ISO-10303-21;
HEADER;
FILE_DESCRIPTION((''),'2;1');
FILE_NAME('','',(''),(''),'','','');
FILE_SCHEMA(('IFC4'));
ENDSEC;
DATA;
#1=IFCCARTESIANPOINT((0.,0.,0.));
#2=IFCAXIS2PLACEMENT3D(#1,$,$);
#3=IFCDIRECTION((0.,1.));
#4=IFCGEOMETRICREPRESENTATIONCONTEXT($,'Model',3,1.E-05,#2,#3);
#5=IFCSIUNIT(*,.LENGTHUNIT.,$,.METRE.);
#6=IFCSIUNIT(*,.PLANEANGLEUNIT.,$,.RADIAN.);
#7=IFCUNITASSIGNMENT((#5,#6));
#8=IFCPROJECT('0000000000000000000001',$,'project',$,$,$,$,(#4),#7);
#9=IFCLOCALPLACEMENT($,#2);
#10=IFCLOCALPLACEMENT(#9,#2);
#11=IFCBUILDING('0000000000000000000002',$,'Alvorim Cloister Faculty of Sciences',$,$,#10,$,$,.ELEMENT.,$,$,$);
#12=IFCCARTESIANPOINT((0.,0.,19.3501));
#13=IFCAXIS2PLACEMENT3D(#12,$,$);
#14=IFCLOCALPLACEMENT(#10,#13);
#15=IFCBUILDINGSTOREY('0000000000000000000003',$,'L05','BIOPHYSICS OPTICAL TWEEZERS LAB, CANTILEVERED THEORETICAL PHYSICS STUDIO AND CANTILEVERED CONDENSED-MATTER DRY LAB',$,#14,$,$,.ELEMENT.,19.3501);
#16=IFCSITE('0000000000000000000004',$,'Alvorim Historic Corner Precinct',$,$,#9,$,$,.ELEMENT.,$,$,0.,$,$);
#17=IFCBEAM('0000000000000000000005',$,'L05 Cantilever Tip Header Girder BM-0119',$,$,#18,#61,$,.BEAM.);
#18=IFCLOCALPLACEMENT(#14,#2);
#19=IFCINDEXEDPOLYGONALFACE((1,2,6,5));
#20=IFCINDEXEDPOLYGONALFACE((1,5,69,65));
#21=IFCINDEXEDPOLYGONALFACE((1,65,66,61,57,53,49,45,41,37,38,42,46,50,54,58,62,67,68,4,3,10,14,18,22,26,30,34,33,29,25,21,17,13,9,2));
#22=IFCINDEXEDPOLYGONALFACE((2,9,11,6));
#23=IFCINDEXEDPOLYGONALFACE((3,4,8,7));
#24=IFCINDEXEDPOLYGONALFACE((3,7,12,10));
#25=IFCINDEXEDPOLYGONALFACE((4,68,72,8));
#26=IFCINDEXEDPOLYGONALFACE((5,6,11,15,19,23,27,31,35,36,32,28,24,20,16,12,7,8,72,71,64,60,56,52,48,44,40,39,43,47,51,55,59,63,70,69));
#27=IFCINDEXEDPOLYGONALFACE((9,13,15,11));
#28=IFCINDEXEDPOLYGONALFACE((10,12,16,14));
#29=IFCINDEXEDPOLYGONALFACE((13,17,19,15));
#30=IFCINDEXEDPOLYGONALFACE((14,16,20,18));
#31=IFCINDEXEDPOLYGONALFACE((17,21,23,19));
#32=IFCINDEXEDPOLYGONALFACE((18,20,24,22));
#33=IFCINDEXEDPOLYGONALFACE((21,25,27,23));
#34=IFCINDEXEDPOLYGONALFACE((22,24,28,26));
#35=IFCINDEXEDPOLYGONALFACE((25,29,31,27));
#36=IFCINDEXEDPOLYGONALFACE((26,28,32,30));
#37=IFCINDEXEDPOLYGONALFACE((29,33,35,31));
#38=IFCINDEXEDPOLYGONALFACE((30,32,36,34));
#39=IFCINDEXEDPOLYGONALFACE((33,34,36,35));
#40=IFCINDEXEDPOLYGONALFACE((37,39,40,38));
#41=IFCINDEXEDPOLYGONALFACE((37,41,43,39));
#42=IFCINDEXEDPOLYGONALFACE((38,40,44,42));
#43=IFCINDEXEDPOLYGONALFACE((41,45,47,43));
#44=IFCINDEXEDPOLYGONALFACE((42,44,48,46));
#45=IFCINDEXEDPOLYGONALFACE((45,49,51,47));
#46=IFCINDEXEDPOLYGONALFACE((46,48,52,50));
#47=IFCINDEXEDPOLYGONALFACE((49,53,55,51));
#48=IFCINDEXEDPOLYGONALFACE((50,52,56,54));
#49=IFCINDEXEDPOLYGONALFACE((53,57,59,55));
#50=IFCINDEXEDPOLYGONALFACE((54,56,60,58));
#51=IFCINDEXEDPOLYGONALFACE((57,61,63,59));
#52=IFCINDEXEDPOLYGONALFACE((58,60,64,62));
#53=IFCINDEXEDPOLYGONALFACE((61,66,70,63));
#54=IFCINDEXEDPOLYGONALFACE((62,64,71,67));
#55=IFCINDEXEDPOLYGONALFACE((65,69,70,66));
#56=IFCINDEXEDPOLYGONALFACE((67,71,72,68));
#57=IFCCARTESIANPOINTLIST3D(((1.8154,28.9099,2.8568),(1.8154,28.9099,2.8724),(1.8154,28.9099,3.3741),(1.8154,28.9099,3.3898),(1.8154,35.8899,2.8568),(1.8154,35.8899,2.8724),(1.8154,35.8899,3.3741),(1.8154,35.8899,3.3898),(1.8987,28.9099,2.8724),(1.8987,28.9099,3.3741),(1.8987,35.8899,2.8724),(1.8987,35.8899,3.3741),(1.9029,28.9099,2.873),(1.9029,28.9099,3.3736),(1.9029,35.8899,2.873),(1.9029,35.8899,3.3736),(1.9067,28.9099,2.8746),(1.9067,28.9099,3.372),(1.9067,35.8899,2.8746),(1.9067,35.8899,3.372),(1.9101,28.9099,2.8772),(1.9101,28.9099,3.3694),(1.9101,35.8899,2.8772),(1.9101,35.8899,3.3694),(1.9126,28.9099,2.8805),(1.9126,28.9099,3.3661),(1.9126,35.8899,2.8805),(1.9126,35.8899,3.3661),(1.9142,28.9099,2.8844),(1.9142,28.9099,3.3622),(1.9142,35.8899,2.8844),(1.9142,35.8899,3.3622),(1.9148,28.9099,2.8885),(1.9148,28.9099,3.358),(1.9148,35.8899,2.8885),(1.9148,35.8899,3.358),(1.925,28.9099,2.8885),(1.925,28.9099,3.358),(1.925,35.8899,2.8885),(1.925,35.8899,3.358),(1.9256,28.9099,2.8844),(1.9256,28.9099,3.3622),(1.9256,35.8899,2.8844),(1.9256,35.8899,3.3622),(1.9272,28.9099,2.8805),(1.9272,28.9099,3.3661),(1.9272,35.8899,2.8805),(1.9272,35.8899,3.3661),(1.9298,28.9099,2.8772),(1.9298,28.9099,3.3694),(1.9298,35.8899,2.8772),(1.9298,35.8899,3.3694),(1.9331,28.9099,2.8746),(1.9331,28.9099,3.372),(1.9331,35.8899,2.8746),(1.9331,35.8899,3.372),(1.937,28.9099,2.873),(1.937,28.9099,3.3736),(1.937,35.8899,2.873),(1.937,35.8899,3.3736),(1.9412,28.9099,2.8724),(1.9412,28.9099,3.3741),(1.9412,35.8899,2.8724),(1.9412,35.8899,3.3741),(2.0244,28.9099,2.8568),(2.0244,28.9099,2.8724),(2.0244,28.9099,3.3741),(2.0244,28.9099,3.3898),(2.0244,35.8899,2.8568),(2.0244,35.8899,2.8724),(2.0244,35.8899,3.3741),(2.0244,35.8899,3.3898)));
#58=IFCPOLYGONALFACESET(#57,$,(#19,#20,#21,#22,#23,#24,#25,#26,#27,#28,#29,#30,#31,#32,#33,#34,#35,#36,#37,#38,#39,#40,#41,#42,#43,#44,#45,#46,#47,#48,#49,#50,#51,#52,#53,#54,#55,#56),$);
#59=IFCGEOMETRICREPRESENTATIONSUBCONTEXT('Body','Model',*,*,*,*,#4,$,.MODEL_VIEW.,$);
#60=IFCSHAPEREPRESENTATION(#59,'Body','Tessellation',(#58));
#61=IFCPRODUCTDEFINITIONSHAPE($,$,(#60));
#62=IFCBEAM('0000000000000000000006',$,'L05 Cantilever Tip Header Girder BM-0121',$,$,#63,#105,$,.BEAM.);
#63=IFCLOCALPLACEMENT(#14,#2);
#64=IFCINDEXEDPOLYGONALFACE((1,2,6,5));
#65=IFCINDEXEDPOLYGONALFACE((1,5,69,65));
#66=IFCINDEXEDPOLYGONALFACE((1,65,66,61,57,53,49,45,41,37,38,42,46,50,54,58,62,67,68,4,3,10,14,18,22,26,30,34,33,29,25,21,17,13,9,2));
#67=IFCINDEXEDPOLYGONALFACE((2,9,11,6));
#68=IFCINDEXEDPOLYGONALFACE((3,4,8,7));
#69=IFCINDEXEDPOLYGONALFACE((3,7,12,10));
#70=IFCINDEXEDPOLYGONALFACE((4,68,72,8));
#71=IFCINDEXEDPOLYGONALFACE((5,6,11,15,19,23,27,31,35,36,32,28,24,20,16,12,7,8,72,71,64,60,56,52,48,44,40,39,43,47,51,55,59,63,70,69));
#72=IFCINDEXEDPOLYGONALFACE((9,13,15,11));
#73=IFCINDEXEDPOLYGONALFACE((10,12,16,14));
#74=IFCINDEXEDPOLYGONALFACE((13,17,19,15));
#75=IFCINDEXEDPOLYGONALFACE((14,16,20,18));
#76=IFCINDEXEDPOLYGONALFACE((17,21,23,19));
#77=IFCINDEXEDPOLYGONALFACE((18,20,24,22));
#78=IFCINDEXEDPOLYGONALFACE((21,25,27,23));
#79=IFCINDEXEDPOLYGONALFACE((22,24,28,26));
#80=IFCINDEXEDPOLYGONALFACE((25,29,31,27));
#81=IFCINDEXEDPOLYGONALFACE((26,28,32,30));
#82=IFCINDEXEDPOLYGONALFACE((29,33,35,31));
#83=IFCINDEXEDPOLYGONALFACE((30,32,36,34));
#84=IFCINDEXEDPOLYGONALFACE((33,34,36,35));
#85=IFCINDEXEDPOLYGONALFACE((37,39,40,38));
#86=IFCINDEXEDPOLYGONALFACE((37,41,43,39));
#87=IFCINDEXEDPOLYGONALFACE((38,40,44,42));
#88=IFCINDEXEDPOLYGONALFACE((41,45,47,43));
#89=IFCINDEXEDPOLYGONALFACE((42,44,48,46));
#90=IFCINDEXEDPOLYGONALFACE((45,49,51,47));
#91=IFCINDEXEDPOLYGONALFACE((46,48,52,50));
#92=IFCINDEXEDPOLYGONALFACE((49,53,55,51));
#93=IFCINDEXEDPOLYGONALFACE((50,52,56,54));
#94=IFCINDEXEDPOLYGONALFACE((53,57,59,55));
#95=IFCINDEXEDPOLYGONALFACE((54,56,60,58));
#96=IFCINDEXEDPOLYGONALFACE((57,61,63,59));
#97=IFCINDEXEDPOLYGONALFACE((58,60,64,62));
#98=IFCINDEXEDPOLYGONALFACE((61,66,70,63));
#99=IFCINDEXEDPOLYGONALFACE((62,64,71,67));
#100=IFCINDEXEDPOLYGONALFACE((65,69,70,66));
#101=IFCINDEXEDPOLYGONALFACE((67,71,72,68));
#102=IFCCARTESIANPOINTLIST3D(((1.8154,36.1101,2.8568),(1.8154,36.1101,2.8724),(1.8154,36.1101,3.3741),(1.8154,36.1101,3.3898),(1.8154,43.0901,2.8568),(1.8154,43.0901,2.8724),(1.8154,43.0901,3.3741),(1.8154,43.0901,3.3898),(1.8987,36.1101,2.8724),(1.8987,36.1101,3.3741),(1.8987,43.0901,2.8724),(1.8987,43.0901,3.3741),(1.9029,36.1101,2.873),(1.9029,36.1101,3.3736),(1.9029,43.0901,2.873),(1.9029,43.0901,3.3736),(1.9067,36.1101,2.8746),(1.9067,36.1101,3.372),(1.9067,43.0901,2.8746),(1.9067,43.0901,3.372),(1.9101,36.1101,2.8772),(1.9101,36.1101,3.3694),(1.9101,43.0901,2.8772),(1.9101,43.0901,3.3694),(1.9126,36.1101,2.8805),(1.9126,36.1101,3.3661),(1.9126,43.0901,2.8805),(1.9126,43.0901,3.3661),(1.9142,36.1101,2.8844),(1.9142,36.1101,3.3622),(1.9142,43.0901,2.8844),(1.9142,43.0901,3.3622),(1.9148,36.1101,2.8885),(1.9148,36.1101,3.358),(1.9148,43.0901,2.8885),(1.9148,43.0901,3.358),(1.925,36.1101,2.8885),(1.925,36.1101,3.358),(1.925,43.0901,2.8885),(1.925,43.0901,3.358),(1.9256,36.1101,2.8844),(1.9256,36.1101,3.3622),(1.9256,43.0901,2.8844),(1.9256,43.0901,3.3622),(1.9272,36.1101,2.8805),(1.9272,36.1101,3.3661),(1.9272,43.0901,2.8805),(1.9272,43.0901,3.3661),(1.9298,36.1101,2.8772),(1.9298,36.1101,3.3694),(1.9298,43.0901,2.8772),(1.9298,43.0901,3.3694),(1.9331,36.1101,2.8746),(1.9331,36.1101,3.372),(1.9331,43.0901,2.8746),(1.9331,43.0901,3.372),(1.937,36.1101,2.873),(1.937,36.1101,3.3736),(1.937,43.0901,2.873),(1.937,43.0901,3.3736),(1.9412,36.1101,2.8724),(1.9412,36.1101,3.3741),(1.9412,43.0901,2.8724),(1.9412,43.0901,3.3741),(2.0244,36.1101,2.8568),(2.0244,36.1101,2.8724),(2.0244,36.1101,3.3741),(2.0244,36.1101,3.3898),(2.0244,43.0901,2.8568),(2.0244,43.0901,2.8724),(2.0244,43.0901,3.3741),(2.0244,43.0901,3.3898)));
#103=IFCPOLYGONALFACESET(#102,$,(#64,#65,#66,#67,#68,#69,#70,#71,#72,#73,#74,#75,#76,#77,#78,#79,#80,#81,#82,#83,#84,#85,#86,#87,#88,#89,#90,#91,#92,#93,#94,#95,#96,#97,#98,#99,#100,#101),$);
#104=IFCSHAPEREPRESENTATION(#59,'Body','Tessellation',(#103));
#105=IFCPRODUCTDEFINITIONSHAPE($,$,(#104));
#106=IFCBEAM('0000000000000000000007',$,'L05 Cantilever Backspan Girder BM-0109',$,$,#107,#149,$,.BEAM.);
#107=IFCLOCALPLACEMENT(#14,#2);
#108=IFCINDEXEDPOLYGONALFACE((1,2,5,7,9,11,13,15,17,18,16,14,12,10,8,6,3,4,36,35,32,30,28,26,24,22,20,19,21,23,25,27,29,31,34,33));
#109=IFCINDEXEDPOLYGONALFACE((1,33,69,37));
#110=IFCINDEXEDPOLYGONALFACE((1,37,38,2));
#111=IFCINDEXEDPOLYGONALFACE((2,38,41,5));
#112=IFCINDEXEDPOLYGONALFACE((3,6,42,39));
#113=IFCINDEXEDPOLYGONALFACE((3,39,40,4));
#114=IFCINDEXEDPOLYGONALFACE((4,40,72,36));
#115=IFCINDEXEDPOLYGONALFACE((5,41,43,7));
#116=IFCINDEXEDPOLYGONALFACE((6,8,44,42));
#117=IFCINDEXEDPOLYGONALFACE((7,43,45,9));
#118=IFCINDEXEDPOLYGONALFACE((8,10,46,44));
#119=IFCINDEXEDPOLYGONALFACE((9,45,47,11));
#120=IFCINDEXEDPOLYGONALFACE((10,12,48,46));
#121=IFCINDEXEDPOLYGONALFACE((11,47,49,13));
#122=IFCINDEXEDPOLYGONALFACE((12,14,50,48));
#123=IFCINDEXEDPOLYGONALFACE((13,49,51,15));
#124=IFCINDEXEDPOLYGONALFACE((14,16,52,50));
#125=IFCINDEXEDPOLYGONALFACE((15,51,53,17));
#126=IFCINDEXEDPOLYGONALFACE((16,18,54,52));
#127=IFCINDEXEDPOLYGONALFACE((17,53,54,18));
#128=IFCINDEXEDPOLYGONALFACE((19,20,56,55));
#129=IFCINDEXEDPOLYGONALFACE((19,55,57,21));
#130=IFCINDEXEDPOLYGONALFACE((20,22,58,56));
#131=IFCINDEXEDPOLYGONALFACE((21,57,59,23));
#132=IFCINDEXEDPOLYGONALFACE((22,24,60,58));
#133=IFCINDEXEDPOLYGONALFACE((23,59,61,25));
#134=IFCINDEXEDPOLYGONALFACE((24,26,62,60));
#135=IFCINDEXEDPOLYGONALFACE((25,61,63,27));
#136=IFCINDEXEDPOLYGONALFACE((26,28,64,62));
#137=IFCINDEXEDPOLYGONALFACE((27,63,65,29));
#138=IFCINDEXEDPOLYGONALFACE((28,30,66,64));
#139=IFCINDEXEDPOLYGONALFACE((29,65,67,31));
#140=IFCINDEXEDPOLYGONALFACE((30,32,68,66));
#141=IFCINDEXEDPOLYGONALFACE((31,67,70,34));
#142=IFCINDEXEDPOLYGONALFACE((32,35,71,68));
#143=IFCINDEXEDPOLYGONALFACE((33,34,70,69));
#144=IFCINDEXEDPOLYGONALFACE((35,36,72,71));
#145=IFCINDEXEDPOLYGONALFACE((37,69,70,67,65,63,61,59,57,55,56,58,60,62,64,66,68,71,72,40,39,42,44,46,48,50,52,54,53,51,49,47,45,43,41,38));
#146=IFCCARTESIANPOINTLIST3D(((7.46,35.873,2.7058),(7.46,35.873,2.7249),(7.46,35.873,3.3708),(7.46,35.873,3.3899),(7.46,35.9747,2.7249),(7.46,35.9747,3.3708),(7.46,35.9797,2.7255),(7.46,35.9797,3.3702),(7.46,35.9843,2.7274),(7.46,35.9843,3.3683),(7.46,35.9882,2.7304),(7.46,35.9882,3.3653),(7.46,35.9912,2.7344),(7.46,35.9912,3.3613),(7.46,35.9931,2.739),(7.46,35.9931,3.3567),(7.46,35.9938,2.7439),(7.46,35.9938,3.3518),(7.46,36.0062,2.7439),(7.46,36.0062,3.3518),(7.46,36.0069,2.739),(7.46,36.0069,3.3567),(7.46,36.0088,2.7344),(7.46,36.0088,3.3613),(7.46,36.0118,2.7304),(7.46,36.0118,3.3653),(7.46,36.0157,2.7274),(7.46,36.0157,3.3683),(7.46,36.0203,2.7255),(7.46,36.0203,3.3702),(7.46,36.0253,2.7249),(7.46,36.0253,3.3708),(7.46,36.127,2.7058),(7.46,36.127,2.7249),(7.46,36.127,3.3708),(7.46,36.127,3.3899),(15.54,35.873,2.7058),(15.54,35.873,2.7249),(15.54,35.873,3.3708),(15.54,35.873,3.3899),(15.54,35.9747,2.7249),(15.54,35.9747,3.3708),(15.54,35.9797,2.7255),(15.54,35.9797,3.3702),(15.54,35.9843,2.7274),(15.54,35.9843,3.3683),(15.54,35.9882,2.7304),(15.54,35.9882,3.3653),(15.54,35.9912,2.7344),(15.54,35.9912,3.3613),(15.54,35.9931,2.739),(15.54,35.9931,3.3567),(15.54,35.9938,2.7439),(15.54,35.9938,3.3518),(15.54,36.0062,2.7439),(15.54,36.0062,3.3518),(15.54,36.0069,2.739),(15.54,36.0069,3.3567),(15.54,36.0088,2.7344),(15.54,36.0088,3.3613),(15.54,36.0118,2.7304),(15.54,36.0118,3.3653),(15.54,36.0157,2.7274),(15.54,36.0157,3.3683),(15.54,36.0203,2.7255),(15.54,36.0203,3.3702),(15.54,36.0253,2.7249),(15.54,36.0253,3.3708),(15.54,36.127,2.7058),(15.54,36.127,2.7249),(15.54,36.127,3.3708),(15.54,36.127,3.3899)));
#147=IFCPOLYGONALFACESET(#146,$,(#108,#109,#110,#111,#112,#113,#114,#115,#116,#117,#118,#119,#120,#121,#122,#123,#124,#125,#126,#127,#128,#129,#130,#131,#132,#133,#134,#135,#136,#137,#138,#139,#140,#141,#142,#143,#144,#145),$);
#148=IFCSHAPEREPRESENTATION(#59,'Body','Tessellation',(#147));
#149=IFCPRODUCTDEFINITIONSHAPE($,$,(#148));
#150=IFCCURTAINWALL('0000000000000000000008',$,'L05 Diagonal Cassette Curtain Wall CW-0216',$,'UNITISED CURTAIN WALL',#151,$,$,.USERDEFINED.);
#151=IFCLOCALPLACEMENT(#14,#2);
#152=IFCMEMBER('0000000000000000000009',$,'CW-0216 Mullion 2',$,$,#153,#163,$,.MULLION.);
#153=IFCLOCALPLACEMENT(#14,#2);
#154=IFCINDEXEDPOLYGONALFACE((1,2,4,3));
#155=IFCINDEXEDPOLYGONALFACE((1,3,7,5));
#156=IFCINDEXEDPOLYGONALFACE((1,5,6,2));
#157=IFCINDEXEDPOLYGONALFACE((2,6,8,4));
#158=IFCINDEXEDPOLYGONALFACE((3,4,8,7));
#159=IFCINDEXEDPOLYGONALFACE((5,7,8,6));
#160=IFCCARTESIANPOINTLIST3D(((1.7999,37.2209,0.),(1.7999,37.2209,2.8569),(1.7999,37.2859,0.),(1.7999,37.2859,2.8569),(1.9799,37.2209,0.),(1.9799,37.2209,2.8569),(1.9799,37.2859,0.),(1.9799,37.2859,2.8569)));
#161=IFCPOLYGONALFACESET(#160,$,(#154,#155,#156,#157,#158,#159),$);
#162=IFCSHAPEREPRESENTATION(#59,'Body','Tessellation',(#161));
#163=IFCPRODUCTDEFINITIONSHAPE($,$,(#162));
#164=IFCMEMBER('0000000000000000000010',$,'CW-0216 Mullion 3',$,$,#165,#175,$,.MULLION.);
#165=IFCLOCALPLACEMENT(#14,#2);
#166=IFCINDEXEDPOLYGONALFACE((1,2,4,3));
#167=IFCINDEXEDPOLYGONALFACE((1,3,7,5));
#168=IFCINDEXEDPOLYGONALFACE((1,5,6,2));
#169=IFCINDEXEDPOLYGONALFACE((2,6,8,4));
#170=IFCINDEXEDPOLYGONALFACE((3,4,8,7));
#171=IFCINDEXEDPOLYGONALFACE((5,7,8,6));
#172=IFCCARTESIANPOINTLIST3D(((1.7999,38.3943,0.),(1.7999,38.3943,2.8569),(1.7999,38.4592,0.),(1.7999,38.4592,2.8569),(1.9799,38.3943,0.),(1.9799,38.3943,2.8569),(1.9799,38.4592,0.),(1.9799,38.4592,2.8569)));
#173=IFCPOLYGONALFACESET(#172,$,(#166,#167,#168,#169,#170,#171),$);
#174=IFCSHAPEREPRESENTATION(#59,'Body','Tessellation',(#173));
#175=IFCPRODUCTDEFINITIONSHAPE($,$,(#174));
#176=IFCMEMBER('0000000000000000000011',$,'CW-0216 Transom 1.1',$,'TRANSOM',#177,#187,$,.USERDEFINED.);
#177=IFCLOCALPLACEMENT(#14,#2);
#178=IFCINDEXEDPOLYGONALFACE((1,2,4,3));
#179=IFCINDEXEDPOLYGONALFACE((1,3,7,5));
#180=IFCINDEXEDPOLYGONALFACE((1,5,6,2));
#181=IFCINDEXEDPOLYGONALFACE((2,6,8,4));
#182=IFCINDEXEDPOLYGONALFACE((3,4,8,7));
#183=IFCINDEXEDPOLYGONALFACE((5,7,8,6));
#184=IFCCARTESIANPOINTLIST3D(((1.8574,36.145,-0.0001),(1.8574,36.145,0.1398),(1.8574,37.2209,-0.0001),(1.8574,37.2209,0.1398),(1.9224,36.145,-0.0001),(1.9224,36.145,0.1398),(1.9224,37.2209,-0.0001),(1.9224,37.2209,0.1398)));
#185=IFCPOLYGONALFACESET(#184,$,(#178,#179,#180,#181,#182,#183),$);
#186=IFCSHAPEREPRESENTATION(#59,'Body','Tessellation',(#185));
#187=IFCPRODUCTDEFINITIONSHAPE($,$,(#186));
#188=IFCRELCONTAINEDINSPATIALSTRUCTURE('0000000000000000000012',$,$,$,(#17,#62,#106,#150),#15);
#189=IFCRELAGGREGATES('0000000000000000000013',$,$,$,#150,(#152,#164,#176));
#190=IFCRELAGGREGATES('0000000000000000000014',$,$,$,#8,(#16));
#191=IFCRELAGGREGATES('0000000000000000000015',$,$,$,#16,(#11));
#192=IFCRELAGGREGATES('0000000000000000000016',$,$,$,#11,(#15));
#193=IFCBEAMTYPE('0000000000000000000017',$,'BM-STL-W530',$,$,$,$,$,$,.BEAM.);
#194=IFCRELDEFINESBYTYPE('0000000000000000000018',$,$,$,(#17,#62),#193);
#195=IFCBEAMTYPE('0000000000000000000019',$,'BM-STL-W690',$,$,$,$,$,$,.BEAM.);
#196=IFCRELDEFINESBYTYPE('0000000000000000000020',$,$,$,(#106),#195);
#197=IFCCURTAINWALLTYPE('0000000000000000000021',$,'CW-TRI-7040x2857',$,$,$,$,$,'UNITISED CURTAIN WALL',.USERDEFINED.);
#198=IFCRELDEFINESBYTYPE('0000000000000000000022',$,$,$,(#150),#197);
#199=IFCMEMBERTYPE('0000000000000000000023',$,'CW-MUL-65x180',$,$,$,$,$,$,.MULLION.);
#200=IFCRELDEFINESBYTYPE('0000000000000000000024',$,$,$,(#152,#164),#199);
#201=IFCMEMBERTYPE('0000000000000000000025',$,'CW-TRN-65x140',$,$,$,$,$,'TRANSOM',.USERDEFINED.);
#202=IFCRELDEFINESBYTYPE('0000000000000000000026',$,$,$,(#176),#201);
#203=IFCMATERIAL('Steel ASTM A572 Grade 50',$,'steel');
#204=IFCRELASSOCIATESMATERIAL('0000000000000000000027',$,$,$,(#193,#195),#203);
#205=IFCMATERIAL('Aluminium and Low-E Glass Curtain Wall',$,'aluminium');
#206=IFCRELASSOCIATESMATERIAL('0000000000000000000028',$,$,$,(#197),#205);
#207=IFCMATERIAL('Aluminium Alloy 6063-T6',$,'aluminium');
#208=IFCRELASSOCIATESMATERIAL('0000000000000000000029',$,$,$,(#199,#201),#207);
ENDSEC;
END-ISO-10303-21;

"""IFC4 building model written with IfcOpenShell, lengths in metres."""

from ifc_helpers import new_model, si_unit, direction, frame, origin, origin_2d, place, context, subcontext, project, spatial, rectangle, i_section, extrude, material, material_profile, profile_set, type_object, element, aggregate, save


model = new_model("IFC4")

# Units and contexts
model_context = context("Model", 3, precision=1e-05, world=origin(), true_north=direction((0.0, 1.0)))
body_context = subcontext(model_context, "Body", "Model", "MODEL_VIEW")
ifc_project = project(units=[si_unit("LENGTHUNIT", "METRE"), si_unit("PLANEANGLEUNIT", "RADIAN")], contexts=[model_context])

# Site, building, storey
site_placement = place(None, origin())
site = spatial("IfcSite", under=ifc_project, at=site_placement, Name="Alvorim Historic Corner Precinct", CompositionType="ELEMENT", RefElevation=0.0)
building_placement = place(site_placement, origin())
building = spatial("IfcBuilding", under=site, at=building_placement, Name="Alvorim Cloister Faculty of Sciences", CompositionType="ELEMENT")
storey_placement = place(building_placement, frame((0.0, 0.0, 19.3501)))
storey = spatial("IfcBuildingStorey", under=building, at=storey_placement, Name="L05", Description="BIOPHYSICS OPTICAL TWEEZERS LAB, CANTILEVERED THEORETICAL PHYSICS STUDIO AND CANTILEVERED CONDENSED-MATTER DRY LAB", CompositionType="ELEMENT", Elevation=19.3501)

# Beams
ifc_material_1 = material(Name="Steel ASTM A572 Grade 50", Category="steel")
ifc_material_profile_1 = material_profile(ifc_material_1, i_section(OverallWidth=0.209, OverallDepth=0.533, WebThickness=0.0103, FlangeThickness=0.0156, FilletRadius=0.0161, at=origin_2d()), Name="W530x92.0")
ifc_profile_set_1 = profile_set([ifc_material_profile_1], Name="Steel ASTM A572 Grade 50")
beam_type_1 = type_object("IfcBeamType", Name="BM-STL-W530", PredefinedType="BEAM", material=ifc_profile_set_1)
for number, where, z_axis, x_axis, name in (
    (1, (1.9199, 28.9099, 3.1233), (0.0, 1.0, 0.0), (-1.0, 0.0, 0.0), "L05 Cantilever Tip Header Girder BM-0119"),
    (2, (1.9199, 36.1101, 3.1233), (0.0, 1.0, 0.0), (-1.0, 0.0, 0.0), "L05 Cantilever Tip Header Girder BM-0121"),
):
    element("IfcBeam", number, at=place(storey_placement, frame(where, z_axis=z_axis, x_axis=x_axis)), inside=storey, type_object=beam_type_1, Name=name, PredefinedType="BEAM", context=body_context, shape_type="SweptSolid", body=[
        extrude(i_section(OverallWidth=0.209, OverallDepth=0.533, WebThickness=0.0103, FlangeThickness=0.0156, FilletRadius=0.0161, at=origin_2d()), origin(), (0.0, 0.0, 1.0), 6.98),
    ])
ifc_material_profile_2 = material_profile(ifc_material_1, i_section(OverallWidth=0.2539, OverallDepth=0.6841, WebThickness=0.0125, FlangeThickness=0.019, FilletRadius=0.019, at=origin_2d()), Name="W690x140.0")
ifc_profile_set_2 = profile_set([ifc_material_profile_2], Name="Steel ASTM A572 Grade 50")
beam_type_2 = type_object("IfcBeamType", Name="BM-STL-W690", PredefinedType="BEAM", material=ifc_profile_set_2)
beam_1_placement = place(storey_placement, frame((7.46, 36.0, 3.0479), z_axis=(1.0, 0.0, 0.0), x_axis=(0.0, 1.0, 0.0)))
element("IfcBeam", 3, at=beam_1_placement, inside=storey, type_object=beam_type_2, Name="L05 Cantilever Backspan Girder BM-0109", PredefinedType="BEAM", context=body_context, shape_type="SweptSolid", body=[
    extrude(i_section(OverallWidth=0.2539, OverallDepth=0.6841, WebThickness=0.0125, FlangeThickness=0.019, FilletRadius=0.019, at=origin_2d()), origin(), (0.0, 0.0, 1.0), 8.0801),
])

# Curtain wall, members
ifc_material_2 = material(Name="Aluminium and Low-E Glass Curtain Wall", Category="aluminium")
curtain_wall_type = type_object("IfcCurtainWallType", Name="CW-TRI-7040x2857", ElementType="UNITISED CURTAIN WALL", PredefinedType="USERDEFINED", material=ifc_material_2)
curtain_wall_placement = place(storey_placement, origin())
curtain_wall = element("IfcCurtainWall", 4, at=curtain_wall_placement, inside=storey, type_object=curtain_wall_type, Name="L05 Diagonal Cassette Curtain Wall CW-0216", ObjectType="UNITISED CURTAIN WALL", PredefinedType="USERDEFINED")
ifc_material_3 = material(Name="Aluminium Alloy 6063-T6", Category="aluminium")
ifc_material_profile_3 = material_profile(ifc_material_3, rectangle(XDim=0.0649, YDim=0.1799, at=origin_2d()), Name="ALU-MUL-65x180")
ifc_profile_set_3 = profile_set([ifc_material_profile_3], Name="Aluminium Alloy 6063-T6")
member_type_1 = type_object("IfcMemberType", Name="CW-MUL-65x180", PredefinedType="MULLION", material=ifc_profile_set_3)
member_1_placement = place(storey_placement, frame((1.8899, 37.2534, 0.0), z_axis=(0.0, 0.0, 1.0), x_axis=(0.0, 1.0, 0.0)))
member_1 = element("IfcMember", 5, at=member_1_placement, type_object=member_type_1, Name="CW-0216 Mullion 2", PredefinedType="MULLION", context=body_context, shape_type="SweptSolid", body=[
    extrude(rectangle(XDim=0.0649, YDim=0.1799, at=origin_2d()), origin(), (0.0, 0.0, 1.0), 2.8569),
])
member_2_placement = place(storey_placement, frame((1.8899, 38.4268, 0.0), z_axis=(0.0, 0.0, 1.0), x_axis=(0.0, 1.0, 0.0)))
member_2 = element("IfcMember", 6, at=member_2_placement, type_object=member_type_1, Name="CW-0216 Mullion 3", PredefinedType="MULLION", context=body_context, shape_type="SweptSolid", body=[
    extrude(rectangle(XDim=0.0649, YDim=0.1799, at=origin_2d()), origin(), (0.0, 0.0, 1.0), 2.8569),
])
ifc_material_profile_4 = material_profile(ifc_material_3, rectangle(XDim=0.0649, YDim=0.1399, at=origin_2d()), Name="ALU-TRN-65x140")
ifc_profile_set_4 = profile_set([ifc_material_profile_4], Name="Aluminium Alloy 6063-T6")
member_type_2 = type_object("IfcMemberType", Name="CW-TRN-65x140", ElementType="TRANSOM", PredefinedType="USERDEFINED", material=ifc_profile_set_4)
member_3_placement = place(storey_placement, frame((1.8899, 36.145, 0.0698), z_axis=(0.0, 1.0, 0.0), x_axis=(-1.0, 0.0, 0.0)))
member_3 = element("IfcMember", 7, at=member_3_placement, type_object=member_type_2, Name="CW-0216 Transom 1.1", ObjectType="TRANSOM", PredefinedType="USERDEFINED", context=body_context, shape_type="SweptSolid", body=[
    extrude(rectangle(XDim=0.0649, YDim=0.1399, at=origin_2d()), origin(), (0.0, 0.0, 1.0), 1.0759),
])
aggregate(curtain_wall, [member_1, member_2, member_3])

save(model, "model.ifc")
